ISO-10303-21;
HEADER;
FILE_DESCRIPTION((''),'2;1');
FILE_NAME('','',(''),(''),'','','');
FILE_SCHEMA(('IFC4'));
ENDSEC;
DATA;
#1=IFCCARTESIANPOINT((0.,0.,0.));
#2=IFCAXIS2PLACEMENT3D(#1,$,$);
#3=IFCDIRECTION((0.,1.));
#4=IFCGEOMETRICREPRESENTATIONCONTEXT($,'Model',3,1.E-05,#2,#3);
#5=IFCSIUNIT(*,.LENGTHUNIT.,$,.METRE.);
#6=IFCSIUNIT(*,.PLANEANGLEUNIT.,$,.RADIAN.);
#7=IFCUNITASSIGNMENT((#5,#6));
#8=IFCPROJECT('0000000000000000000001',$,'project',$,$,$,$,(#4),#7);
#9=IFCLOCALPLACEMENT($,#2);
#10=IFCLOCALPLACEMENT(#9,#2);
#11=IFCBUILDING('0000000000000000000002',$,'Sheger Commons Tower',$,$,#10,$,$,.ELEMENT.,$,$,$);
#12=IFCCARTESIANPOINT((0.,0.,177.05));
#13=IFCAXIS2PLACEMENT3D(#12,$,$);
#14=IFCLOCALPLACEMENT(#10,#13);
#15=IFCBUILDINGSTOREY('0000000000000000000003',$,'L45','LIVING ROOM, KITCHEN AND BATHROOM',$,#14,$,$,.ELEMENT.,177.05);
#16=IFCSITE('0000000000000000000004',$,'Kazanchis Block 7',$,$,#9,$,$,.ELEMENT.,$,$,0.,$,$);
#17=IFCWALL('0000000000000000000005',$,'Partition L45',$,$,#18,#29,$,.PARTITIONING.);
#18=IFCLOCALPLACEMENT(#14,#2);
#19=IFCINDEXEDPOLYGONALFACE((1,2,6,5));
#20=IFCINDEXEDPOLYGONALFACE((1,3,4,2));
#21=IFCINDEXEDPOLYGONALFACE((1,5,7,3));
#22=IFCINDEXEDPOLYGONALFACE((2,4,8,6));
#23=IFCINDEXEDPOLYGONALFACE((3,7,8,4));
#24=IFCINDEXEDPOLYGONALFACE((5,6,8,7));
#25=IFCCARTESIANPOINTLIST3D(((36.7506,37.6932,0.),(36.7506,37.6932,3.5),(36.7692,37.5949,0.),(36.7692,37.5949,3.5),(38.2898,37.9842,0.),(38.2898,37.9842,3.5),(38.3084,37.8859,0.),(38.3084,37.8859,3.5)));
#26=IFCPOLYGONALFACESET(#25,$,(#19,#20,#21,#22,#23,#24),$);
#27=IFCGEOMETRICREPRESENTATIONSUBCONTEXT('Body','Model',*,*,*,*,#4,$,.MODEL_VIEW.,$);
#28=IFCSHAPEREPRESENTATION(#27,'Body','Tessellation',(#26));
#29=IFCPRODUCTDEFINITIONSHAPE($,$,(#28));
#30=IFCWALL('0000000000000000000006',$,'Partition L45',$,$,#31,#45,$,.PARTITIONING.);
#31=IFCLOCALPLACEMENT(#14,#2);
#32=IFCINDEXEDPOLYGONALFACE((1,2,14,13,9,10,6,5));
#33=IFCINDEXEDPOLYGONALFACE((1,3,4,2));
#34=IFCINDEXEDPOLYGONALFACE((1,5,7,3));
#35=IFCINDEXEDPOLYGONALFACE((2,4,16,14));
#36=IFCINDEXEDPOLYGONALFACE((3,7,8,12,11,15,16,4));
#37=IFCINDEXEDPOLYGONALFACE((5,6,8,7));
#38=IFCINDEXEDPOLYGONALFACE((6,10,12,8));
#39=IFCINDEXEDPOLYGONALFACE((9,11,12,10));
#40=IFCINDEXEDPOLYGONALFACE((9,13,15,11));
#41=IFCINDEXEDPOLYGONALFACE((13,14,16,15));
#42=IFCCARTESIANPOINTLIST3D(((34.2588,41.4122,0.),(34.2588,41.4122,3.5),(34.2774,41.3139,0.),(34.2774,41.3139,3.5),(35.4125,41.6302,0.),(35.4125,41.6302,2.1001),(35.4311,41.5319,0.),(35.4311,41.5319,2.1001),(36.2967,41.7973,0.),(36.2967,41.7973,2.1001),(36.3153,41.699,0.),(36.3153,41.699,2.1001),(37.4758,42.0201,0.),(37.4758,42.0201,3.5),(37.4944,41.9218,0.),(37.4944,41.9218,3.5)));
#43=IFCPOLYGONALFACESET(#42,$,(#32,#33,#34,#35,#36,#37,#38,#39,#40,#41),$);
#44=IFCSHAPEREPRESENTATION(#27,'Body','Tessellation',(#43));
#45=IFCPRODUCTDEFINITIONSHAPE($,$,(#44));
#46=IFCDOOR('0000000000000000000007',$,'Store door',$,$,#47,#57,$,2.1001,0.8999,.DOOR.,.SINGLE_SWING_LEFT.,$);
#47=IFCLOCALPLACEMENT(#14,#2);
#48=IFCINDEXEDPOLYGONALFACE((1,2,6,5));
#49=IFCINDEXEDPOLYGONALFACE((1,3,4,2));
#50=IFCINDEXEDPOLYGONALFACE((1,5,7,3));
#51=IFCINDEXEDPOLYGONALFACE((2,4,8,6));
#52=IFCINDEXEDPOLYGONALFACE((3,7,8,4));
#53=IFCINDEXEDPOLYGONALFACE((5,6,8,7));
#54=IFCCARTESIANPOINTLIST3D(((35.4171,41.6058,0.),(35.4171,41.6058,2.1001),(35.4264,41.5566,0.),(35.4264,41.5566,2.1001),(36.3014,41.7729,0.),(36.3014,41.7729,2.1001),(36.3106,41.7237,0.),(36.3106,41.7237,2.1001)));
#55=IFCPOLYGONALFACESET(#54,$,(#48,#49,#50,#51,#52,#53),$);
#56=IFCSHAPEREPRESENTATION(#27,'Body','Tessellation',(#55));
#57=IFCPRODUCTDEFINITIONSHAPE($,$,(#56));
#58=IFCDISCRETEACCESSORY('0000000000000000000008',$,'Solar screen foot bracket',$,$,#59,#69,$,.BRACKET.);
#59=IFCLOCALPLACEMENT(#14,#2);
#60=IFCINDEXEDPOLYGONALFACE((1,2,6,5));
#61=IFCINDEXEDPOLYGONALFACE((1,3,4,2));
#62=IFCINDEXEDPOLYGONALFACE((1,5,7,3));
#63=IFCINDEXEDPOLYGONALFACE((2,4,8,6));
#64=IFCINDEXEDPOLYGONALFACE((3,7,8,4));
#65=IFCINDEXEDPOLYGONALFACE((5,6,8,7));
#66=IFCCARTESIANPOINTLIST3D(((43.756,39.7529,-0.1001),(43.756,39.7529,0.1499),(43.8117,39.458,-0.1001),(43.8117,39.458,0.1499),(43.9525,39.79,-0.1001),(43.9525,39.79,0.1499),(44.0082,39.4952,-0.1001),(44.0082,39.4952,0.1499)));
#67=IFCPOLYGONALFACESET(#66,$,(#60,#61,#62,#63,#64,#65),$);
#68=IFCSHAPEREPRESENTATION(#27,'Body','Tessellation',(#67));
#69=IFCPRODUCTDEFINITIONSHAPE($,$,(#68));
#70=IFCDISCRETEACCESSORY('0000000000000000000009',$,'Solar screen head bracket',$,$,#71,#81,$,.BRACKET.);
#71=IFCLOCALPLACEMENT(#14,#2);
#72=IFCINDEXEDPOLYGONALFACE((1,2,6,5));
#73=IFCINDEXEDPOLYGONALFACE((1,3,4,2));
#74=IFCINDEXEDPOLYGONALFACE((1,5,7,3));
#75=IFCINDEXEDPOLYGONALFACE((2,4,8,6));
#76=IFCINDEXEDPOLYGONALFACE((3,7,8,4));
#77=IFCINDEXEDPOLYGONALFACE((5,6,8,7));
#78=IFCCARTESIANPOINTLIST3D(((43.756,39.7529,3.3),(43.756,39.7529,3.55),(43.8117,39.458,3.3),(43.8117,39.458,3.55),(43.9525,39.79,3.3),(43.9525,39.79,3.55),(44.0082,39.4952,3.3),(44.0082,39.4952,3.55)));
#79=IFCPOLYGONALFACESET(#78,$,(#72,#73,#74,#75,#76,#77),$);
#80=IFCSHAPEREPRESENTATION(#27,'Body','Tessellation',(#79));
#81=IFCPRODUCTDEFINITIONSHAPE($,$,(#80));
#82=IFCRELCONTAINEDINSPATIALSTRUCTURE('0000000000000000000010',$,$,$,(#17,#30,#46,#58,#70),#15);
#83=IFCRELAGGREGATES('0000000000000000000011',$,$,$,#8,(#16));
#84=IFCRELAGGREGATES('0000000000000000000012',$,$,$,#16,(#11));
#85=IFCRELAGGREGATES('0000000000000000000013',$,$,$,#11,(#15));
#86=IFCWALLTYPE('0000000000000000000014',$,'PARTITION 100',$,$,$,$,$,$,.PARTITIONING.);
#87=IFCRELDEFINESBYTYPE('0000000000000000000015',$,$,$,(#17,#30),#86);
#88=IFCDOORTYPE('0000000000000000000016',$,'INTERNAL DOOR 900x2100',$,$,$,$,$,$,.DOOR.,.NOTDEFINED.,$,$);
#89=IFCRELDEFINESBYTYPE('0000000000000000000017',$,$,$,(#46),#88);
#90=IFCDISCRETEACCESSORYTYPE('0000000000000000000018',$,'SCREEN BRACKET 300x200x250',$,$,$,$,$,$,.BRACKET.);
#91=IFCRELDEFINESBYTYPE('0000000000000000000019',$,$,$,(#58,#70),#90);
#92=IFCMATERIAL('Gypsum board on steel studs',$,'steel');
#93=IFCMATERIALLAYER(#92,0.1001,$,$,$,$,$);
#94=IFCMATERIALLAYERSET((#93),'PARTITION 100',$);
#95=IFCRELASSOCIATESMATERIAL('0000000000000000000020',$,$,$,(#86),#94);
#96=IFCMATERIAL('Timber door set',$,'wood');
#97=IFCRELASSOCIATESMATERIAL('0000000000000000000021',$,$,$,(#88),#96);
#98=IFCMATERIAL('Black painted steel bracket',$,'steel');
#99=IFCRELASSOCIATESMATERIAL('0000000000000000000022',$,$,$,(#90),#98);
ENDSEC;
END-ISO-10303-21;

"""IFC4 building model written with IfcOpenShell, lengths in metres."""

from ifc_helpers import new_model, si_unit, direction, frame, frame_2d, origin, origin_2d, place, context, subcontext, project, spatial, rectangle, extrude, material, layer, layer_set, type_object, element, fill, save


model = new_model("IFC4")

# Units and contexts
model_context = context("Model", 3, precision=1e-05, world=origin(), true_north=direction((0.0, 1.0)))
body_context = subcontext(model_context, "Body", "Model", "MODEL_VIEW")
ifc_project = project(units=[si_unit("LENGTHUNIT", "METRE"), si_unit("PLANEANGLEUNIT", "RADIAN")], contexts=[model_context])

# Site, building, storey
site_placement = place(None, origin())
site = spatial("IfcSite", under=ifc_project, at=site_placement, Name="Kazanchis Block 7", CompositionType="ELEMENT", RefElevation=0.0)
building_placement = place(site_placement, origin())
building = spatial("IfcBuilding", under=site, at=building_placement, Name="Sheger Commons Tower", CompositionType="ELEMENT")
storey_placement = place(building_placement, frame((0.0, 0.0, 177.05)))
storey = spatial("IfcBuildingStorey", under=building, at=storey_placement, Name="L45", Description="LIVING ROOM, KITCHEN AND BATHROOM", CompositionType="ELEMENT", Elevation=177.05)

# Shared definitions
ifc_material_1 = material(Name="Gypsum board on steel studs", Category="steel")
ifc_layer_1 = layer(ifc_material_1, 0.1001)
ifc_layer_set_1 = layer_set([ifc_layer_1], Name="PARTITION 100")
wall_type = type_object("IfcWallType", Name="PARTITION 100", PredefinedType="PARTITIONING", material=ifc_layer_set_1)

# Shared definitions
ifc_material_2 = material(Name="Timber door set", Category="wood")
door_type = type_object("IfcDoorType", Name="INTERNAL DOOR 900x2100", OperationType="NOTDEFINED", PredefinedType="DOOR", material=ifc_material_2)

# Wall
wall_1_placement = place(storey_placement, frame((38.2991, 37.9351, 0.0), z_axis=(0.0, 0.0, 1.0), x_axis=(-0.982589, -0.185794, 0.0)))
element("IfcWall", 1, at=wall_1_placement, inside=storey, type_object=wall_type, Name="Partition L45", PredefinedType="PARTITIONING", context=body_context, shape_type="SweptSolid", body=[
    extrude(rectangle(XDim=1.5664, YDim=0.1001, at=frame_2d((0.7832, 0.0))), origin(), (0.0, 0.0, 1.0), 3.5),
])

# Wall, opening, door
wall_2_placement = place(storey_placement, frame((37.4851, 41.9709, 0.0), z_axis=(0.0, 0.0, 1.0), x_axis=(-0.98261, -0.18568, 0.0)))
wall_2 = element("IfcWall", 2, at=wall_2_placement, inside=storey, type_object=wall_type, Name="Partition L45", PredefinedType="PARTITIONING", context=body_context, shape_type="SweptSolid", body=[
    extrude(rectangle(XDim=3.2739, YDim=0.1001, at=frame_2d((1.637, 0.0))), origin(), (0.0, 0.0, 1.0), 3.5),
])
opening_1_placement = place(wall_2_placement, frame((1.2, 0.0, 0.0)))
opening_1 = element("IfcOpeningElement", 3, at=opening_1_placement, cuts=wall_2, PredefinedType="OPENING", context=body_context, shape_type="SweptSolid", body=[
    extrude(rectangle(XDim=0.8999, YDim=2.1001, at=frame_2d((0.45, 1.05))), frame((0.0, 0.0601, 0.0), z_axis=(0.0, -1.0, 0.0), x_axis=(1.0, 0.0, 0.0)), (0.0, 0.0, 1.0), 0.1201),
])
door_1_placement = place(opening_1_placement, origin())
door_1 = element("IfcDoor", 4, at=door_1_placement, inside=storey, type_object=door_type, Name="Store door", OperationType="SINGLE_SWING_LEFT", OverallHeight=2.1001, OverallWidth=0.8999, PredefinedType="DOOR", context=body_context, shape_type="SweptSolid", body=[
    extrude(rectangle(XDim=0.8999, YDim=2.1001, at=frame_2d((0.45, 1.05))), frame((0.0, 0.0249, 0.0), z_axis=(0.0, -1.0, 0.0), x_axis=(1.0, 0.0, 0.0)), (0.0, 0.0, 1.0), 0.05),
])
fill(opening_1, door_1)

# Discrete accessories
ifc_material_3 = material(Name="Black painted steel bracket", Category="steel")
discrete_accessory_type = type_object("IfcDiscreteAccessoryType", Name="SCREEN BRACKET 300x200x250", PredefinedType="BRACKET", material=ifc_material_3)
for number, where, z_axis, x_axis, name in (
    (5, (43.8821, 39.624, -0.1001), (0.0, 0.0, 1.0), (-0.185615, 0.982623, 0.0), "Solar screen foot bracket"),
    (6, (43.8821, 39.624, 3.3), (0.0, 0.0, 1.0), (-0.185615, 0.982623, 0.0), "Solar screen head bracket"),
):
    element("IfcDiscreteAccessory", number, at=place(storey_placement, frame(where, z_axis=z_axis, x_axis=x_axis)), inside=storey, type_object=discrete_accessory_type, Name=name, PredefinedType="BRACKET", context=body_context, shape_type="SweptSolid", body=[
        extrude(rectangle(XDim=0.3, YDim=0.2, at=origin_2d()), origin(), (0.0, 0.0, 1.0), 0.25),
    ])

save(model, "model.ifc")
